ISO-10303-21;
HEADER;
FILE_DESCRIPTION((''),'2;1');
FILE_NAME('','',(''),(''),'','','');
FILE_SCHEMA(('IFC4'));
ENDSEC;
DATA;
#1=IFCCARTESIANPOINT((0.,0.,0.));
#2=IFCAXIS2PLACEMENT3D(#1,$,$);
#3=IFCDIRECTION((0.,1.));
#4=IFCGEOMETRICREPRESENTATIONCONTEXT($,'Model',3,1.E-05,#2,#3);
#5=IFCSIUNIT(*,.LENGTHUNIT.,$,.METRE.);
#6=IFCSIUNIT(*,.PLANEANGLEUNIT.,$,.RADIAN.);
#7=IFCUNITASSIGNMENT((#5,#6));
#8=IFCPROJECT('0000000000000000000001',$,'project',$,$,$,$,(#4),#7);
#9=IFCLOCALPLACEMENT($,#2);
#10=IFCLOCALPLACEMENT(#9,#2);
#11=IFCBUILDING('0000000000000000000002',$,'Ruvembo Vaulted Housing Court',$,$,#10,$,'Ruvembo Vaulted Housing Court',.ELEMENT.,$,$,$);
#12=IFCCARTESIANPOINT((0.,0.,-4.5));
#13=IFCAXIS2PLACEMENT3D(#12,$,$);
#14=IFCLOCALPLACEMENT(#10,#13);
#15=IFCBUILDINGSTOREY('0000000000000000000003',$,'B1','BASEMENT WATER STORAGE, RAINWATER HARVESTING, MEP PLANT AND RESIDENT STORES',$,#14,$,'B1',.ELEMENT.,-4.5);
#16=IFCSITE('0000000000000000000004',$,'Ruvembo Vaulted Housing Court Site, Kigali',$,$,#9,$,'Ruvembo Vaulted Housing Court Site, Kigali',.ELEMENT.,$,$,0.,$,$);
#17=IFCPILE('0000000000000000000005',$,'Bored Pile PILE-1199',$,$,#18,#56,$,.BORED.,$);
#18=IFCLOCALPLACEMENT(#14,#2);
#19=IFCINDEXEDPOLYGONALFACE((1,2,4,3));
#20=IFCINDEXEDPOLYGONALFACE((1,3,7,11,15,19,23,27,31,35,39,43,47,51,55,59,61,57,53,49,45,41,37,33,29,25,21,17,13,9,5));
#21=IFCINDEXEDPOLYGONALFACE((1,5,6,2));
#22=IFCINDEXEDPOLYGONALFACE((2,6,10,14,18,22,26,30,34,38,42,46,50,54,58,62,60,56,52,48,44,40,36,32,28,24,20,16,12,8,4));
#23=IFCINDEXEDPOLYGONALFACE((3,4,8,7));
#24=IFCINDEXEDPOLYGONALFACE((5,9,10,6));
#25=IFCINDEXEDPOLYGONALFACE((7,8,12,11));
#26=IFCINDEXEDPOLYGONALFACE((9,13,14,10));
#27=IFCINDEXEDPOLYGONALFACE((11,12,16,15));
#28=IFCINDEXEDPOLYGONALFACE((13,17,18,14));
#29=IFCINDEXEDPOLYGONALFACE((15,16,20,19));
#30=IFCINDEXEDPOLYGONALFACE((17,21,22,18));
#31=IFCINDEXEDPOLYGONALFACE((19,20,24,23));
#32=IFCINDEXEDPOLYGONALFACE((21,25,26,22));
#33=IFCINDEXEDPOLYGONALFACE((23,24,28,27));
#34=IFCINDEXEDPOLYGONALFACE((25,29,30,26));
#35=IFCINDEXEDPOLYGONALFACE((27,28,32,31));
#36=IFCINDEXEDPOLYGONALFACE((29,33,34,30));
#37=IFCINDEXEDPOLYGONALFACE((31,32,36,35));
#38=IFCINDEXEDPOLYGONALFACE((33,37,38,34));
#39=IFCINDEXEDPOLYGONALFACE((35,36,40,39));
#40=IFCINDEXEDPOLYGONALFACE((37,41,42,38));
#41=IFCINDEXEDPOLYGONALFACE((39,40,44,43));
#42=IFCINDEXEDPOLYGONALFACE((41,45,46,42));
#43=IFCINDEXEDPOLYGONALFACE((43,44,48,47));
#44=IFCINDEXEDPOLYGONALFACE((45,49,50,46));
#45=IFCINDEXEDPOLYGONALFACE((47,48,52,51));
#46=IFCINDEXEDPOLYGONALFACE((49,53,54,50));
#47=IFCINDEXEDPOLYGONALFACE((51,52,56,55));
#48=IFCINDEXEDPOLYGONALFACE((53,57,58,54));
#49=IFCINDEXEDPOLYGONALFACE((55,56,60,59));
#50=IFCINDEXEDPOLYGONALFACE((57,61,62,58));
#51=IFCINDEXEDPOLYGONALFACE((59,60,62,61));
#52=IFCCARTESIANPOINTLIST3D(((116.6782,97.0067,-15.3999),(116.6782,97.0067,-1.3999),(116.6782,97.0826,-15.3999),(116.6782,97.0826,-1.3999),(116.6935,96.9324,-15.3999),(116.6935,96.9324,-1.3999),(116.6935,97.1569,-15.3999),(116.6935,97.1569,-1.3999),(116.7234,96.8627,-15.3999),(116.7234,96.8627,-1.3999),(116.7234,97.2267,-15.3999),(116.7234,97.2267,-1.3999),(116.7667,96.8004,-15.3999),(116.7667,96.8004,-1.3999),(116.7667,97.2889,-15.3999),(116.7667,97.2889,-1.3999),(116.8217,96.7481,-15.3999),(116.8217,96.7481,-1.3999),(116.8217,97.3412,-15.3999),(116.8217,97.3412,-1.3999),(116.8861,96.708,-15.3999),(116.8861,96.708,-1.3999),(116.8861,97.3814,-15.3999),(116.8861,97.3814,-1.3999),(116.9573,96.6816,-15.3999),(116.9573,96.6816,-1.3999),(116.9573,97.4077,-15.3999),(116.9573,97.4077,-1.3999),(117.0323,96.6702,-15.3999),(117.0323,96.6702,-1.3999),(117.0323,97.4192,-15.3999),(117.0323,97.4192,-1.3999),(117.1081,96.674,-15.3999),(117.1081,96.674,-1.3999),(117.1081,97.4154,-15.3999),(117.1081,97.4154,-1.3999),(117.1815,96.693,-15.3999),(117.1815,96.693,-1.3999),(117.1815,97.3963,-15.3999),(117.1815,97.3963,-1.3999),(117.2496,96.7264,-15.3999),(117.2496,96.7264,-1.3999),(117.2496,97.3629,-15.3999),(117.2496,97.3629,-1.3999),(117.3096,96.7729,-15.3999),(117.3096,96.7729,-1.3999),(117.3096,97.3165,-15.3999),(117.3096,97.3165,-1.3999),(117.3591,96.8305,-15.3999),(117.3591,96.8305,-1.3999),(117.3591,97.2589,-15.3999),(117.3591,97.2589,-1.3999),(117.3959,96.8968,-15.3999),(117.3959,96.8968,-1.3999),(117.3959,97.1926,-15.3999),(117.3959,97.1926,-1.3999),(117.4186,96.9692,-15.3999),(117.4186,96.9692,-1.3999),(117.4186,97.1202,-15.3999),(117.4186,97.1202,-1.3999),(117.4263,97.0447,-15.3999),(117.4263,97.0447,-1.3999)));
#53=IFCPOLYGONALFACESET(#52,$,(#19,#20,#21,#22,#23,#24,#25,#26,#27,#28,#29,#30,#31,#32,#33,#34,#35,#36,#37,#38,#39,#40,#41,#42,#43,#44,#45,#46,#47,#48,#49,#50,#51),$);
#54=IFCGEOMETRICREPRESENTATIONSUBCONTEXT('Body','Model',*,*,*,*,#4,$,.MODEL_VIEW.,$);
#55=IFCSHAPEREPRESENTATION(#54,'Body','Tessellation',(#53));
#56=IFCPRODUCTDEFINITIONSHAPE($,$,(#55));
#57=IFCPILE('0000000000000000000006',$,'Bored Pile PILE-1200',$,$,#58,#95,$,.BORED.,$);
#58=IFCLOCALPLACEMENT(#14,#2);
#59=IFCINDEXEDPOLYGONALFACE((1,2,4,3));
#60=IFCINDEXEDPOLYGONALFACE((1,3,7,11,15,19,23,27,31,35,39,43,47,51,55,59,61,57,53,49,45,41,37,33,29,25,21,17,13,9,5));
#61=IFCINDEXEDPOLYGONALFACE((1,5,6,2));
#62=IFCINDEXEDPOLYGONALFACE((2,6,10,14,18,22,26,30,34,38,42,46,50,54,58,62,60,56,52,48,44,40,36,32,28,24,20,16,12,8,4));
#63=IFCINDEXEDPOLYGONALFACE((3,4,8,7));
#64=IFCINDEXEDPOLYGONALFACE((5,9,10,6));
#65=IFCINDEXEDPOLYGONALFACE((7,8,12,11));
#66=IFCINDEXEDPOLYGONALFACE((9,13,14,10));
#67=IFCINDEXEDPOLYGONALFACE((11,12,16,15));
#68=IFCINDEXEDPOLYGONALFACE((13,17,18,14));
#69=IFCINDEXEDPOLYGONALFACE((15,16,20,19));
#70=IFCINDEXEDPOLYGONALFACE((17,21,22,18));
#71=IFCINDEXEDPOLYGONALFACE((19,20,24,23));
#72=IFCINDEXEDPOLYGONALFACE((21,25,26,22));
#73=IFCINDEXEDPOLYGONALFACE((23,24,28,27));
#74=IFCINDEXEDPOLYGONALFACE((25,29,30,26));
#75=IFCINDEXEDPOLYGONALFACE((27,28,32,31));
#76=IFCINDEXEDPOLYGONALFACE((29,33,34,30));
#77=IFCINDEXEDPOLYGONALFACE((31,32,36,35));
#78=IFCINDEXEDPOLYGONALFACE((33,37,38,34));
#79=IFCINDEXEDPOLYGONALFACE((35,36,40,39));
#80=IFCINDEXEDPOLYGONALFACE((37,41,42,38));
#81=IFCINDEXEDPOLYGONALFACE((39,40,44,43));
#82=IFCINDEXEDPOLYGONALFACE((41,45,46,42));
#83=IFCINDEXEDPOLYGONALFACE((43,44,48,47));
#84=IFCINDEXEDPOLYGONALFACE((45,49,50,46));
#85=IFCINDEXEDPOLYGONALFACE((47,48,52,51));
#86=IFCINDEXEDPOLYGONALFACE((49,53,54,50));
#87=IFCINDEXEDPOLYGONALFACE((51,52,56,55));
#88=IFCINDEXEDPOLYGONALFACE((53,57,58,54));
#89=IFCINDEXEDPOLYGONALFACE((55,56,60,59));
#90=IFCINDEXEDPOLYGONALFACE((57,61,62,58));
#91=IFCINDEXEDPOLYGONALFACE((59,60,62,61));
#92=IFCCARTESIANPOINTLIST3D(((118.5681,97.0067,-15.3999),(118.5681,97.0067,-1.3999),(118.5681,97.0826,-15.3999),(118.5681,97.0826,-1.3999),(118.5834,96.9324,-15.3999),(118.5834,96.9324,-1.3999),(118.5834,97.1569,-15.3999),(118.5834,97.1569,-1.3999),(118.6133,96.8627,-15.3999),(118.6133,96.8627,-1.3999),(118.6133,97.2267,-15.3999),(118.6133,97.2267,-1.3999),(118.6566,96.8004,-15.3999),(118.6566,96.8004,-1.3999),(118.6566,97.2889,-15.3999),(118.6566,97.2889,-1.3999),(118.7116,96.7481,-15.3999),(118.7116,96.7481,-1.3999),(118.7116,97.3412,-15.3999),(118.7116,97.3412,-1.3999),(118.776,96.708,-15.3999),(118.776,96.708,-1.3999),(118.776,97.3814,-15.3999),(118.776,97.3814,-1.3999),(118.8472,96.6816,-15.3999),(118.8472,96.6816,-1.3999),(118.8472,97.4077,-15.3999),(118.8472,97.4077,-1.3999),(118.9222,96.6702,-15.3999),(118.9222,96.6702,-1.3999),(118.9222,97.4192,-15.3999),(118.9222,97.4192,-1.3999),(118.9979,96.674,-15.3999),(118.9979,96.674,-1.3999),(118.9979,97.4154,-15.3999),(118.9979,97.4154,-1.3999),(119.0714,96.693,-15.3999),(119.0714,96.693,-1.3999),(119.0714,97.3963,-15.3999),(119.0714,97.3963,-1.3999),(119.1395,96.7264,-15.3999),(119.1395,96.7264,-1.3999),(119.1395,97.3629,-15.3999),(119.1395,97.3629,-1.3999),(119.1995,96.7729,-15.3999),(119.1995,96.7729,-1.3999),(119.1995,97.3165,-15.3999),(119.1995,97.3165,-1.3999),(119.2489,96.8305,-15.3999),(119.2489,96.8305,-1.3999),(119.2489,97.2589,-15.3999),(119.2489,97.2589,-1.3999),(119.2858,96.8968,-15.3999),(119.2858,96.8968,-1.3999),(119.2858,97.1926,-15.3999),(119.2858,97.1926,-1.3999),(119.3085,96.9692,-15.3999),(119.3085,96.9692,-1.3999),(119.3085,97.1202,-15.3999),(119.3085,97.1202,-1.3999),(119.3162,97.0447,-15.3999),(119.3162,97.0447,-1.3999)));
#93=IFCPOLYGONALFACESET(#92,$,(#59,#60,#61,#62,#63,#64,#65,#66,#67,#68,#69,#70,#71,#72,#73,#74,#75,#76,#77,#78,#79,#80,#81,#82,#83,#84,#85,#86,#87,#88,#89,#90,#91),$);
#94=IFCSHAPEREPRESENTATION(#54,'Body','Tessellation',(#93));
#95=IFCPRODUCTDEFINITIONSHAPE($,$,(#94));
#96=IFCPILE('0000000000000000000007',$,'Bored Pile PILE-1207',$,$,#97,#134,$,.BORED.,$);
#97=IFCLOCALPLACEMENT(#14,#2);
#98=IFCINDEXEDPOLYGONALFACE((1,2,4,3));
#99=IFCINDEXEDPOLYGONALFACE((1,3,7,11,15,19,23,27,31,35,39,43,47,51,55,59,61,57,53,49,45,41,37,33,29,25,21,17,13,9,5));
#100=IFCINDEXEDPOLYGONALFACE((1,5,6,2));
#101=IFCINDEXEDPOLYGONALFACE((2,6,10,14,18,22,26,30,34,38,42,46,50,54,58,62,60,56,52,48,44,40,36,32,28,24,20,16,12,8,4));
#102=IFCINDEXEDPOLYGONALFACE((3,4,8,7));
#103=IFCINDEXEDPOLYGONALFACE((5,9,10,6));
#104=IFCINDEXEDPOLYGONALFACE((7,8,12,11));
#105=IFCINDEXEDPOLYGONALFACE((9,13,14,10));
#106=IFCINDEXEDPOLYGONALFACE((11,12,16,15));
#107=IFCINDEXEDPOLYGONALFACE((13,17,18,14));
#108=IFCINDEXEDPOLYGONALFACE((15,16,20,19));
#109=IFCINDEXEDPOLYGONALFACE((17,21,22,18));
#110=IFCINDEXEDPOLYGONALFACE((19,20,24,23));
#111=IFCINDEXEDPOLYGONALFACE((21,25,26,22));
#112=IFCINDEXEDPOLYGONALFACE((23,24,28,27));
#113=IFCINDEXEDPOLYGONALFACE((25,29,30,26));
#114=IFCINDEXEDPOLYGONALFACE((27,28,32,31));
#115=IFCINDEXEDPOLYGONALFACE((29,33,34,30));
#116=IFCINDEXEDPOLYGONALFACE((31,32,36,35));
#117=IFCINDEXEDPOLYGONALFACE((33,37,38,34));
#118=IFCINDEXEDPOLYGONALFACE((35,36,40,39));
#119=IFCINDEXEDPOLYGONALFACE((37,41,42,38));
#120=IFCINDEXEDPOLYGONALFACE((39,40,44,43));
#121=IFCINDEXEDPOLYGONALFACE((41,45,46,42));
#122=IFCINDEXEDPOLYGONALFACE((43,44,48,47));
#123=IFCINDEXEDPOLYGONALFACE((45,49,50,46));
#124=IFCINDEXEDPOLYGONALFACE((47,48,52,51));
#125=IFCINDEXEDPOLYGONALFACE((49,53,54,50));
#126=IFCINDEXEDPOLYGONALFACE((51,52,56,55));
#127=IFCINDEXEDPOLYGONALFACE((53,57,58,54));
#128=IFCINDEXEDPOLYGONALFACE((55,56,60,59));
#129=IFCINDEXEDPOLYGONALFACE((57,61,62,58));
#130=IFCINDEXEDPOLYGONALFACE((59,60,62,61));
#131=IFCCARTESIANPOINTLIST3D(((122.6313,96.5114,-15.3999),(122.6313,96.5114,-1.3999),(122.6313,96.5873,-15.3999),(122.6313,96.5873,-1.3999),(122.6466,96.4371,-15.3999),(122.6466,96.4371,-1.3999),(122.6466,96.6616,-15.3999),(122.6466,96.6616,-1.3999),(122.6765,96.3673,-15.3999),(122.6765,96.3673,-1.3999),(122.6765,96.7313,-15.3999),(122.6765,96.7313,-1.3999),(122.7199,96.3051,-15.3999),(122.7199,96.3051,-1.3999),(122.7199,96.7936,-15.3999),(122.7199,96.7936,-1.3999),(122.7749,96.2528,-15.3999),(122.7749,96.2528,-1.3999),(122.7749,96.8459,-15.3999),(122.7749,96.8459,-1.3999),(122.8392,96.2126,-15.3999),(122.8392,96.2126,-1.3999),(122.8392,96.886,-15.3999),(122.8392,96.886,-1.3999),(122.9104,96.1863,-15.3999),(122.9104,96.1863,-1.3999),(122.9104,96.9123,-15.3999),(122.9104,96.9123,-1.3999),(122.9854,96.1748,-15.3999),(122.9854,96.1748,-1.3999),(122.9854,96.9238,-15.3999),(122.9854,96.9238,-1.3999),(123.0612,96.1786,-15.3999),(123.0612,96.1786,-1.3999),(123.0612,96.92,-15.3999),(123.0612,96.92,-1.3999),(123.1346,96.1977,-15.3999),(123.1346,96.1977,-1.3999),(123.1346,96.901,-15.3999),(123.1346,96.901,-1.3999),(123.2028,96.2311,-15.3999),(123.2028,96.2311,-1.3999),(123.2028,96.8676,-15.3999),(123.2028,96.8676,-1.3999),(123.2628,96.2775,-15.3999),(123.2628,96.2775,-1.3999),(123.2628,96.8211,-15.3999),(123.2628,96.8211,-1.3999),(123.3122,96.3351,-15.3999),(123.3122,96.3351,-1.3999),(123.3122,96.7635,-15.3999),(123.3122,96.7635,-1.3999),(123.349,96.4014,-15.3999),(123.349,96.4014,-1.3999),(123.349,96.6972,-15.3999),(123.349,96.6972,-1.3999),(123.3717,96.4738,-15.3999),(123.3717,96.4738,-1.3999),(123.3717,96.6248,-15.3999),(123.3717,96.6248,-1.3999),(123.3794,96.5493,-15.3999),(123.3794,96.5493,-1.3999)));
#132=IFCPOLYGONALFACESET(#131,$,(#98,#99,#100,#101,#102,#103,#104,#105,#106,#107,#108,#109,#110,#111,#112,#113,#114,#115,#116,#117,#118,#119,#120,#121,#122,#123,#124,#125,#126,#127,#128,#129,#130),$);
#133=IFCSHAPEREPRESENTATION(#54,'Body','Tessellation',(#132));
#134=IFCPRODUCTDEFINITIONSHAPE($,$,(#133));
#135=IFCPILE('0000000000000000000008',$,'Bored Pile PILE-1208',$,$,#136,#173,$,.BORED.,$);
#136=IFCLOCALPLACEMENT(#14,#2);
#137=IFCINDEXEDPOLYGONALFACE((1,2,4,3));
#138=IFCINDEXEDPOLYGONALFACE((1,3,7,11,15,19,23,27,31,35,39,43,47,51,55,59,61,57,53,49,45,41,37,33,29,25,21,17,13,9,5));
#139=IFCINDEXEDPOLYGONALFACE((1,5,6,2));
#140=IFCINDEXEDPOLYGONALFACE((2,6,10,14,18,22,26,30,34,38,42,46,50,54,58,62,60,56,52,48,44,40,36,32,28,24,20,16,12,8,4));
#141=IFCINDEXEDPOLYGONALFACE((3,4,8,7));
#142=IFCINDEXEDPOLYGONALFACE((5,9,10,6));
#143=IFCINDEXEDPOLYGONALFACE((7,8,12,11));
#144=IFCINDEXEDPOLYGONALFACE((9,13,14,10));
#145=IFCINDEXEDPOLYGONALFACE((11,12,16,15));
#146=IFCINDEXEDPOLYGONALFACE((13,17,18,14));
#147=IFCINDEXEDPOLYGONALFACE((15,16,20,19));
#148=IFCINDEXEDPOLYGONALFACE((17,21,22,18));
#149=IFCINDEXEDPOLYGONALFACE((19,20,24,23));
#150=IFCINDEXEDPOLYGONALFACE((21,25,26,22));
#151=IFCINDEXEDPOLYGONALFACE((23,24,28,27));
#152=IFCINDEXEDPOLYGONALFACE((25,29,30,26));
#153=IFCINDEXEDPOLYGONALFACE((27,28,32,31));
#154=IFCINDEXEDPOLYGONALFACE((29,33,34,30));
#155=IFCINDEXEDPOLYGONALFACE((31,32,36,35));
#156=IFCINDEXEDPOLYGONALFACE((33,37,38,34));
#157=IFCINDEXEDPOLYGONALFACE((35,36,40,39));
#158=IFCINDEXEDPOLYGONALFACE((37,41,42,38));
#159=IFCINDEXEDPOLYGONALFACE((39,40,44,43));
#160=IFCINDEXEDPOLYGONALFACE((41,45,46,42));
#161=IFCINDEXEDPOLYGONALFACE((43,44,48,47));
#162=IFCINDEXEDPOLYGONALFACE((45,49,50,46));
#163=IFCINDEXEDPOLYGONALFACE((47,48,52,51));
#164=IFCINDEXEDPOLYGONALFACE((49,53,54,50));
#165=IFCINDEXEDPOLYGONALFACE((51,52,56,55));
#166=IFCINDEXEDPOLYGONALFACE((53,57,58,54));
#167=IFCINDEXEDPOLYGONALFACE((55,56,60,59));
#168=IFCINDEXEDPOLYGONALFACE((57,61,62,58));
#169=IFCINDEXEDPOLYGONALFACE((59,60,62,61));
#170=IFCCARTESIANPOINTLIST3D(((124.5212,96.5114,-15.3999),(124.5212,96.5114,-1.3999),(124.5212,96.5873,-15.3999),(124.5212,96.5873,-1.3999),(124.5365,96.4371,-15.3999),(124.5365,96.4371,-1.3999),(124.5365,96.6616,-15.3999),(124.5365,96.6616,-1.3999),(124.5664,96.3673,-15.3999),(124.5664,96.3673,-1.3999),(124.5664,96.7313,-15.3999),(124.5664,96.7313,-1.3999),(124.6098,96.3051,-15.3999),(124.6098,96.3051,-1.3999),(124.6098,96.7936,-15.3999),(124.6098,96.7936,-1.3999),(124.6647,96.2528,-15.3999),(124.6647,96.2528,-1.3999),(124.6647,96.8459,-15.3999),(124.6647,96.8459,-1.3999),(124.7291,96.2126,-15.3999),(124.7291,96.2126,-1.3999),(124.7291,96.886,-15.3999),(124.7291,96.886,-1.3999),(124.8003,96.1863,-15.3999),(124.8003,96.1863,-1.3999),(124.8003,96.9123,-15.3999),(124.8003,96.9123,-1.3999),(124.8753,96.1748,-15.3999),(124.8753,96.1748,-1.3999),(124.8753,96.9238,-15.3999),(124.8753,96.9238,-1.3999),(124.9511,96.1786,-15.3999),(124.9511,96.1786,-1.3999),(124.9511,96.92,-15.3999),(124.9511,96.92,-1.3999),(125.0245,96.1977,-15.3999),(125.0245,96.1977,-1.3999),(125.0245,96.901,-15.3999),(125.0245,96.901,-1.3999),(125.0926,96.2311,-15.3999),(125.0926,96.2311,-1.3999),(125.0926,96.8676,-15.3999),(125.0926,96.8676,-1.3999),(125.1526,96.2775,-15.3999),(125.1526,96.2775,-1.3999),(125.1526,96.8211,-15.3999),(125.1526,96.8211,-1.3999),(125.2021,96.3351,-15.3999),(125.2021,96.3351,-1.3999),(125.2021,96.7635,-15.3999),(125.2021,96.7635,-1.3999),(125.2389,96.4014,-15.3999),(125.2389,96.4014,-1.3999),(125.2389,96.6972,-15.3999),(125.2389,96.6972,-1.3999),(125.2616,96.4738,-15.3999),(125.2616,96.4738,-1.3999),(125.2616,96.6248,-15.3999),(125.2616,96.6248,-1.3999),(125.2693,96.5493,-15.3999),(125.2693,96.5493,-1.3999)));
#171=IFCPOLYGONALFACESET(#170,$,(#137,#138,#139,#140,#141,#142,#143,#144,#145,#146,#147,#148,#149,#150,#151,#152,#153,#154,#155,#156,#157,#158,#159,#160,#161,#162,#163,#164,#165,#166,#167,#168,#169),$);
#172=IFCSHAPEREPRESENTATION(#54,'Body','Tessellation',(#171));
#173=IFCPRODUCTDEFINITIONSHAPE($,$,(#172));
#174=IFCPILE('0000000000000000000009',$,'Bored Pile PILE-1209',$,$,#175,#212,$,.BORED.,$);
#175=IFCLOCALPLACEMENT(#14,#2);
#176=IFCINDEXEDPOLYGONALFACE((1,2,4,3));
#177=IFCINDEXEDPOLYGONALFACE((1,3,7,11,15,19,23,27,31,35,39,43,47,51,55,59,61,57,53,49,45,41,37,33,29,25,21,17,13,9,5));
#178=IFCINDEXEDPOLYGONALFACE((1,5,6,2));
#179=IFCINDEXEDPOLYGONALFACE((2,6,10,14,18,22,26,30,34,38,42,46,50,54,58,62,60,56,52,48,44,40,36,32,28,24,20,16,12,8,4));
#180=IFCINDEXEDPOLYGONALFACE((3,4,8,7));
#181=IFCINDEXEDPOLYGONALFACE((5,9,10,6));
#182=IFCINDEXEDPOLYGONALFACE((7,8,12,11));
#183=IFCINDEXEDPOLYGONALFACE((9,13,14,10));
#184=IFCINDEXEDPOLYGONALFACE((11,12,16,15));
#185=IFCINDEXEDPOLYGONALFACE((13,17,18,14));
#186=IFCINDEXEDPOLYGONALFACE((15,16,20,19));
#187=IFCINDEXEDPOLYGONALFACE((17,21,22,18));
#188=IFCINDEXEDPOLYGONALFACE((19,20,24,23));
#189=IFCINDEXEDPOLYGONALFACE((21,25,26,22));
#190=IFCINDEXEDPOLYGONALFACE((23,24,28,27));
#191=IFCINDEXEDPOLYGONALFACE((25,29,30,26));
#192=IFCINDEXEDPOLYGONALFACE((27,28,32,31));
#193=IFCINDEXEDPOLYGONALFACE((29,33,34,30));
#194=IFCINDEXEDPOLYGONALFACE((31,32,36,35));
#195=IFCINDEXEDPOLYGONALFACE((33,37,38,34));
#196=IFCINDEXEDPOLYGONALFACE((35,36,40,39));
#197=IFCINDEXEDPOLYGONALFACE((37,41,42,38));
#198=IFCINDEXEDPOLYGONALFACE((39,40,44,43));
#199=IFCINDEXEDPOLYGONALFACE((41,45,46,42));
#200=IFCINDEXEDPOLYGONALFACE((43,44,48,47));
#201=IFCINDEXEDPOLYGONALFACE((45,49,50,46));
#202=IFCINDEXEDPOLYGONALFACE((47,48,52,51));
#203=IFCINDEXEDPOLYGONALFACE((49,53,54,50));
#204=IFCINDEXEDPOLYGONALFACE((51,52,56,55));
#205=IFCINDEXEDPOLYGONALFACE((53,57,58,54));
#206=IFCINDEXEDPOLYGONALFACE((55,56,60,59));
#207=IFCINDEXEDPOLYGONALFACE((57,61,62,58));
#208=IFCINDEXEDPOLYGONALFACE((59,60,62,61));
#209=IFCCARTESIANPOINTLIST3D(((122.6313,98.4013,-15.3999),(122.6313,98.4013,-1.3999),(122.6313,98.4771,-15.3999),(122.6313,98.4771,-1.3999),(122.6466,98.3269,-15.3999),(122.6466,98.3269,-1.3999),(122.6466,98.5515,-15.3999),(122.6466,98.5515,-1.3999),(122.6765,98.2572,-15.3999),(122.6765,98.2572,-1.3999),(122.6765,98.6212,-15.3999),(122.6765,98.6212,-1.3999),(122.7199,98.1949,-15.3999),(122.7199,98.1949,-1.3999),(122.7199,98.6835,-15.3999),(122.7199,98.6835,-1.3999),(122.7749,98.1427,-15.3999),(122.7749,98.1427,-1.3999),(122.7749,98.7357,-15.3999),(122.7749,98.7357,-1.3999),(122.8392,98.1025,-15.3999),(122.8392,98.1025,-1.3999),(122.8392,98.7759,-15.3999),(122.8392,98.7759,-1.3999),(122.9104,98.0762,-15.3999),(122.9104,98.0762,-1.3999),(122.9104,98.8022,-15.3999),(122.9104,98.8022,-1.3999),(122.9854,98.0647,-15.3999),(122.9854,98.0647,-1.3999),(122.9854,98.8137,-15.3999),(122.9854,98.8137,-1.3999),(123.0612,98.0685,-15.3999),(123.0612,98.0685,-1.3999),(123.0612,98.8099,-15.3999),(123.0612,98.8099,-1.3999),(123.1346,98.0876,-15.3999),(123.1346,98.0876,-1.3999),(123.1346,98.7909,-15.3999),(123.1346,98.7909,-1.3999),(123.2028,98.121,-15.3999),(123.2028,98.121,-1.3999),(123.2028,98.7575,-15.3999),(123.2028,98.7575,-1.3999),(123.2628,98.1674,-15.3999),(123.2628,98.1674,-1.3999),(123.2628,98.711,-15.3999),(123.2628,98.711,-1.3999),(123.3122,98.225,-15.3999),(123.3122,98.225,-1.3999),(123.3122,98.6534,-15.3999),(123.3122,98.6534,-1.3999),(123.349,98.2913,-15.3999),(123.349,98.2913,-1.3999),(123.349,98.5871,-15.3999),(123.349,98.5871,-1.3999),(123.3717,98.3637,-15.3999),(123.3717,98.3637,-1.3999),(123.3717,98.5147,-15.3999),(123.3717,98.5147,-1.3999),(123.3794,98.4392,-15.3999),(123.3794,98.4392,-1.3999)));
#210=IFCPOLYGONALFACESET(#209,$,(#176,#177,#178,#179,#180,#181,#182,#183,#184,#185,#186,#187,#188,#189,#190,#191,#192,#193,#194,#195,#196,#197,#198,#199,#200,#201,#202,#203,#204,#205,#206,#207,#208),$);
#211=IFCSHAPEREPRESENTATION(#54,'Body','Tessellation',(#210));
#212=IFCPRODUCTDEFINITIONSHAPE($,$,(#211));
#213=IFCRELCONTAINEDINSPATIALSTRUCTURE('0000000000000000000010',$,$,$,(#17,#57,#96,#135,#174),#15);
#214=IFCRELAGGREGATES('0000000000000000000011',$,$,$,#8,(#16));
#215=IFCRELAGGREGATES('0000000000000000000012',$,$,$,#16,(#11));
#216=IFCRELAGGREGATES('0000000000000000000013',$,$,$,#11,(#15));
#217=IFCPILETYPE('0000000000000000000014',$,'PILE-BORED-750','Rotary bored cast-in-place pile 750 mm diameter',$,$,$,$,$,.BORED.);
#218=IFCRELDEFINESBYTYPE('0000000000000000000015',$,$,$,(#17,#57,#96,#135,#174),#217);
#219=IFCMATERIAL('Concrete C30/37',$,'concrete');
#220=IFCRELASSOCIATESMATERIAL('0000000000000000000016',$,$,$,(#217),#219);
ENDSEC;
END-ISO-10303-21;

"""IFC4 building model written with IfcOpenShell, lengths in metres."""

from ifc_helpers import new_model, si_unit, direction, frame, origin, origin_2d, place, context, subcontext, project, spatial, circle, extrude, material, material_profile, profile_set, type_object, element, save


model = new_model("IFC4")

# Units and contexts
model_context = context("Model", 3, precision=1e-05, world=origin(), true_north=direction((0.0, 1.0)))
body_context = subcontext(model_context, "Body", "Model", "MODEL_VIEW")
ifc_project = project(units=[si_unit("LENGTHUNIT", "METRE"), si_unit("PLANEANGLEUNIT", "RADIAN")], contexts=[model_context])

# Site, building, storey
site_placement = place(None, origin())
site = spatial("IfcSite", under=ifc_project, at=site_placement, Name="Ruvembo Vaulted Housing Court Site, Kigali", LongName="Ruvembo Vaulted Housing Court Site, Kigali", CompositionType="ELEMENT", RefElevation=0.0)
building_placement = place(site_placement, origin())
building = spatial("IfcBuilding", under=site, at=building_placement, Name="Ruvembo Vaulted Housing Court", LongName="Ruvembo Vaulted Housing Court", CompositionType="ELEMENT")
storey_placement = place(building_placement, frame((0.0, 0.0, -4.5)))
storey = spatial("IfcBuildingStorey", under=building, at=storey_placement, Name="B1", Description="BASEMENT WATER STORAGE, RAINWATER HARVESTING, MEP PLANT AND RESIDENT STORES", LongName="B1", CompositionType="ELEMENT", Elevation=-4.5)

# Piles
ifc_material_1 = material(Name="Concrete C30/37", Category="concrete")
ifc_material_profile_1 = material_profile(ifc_material_1, circle(Radius=0.375, at=origin_2d()), Name="PILE D750")
ifc_profile_set_1 = profile_set([ifc_material_profile_1], Name="Concrete C30/37")
pile_type_1 = type_object("IfcPileType", Name="PILE-BORED-750", Description="Rotary bored cast-in-place pile 750 mm diameter", PredefinedType="BORED", material=ifc_profile_set_1)
for number, where, z_axis, x_axis, name in (
    (1, (117.0513, 97.0447, -1.3999), (0.0, 0.0, -1.0), (1.0, 0.0, 0.0), "Bored Pile PILE-1199"),
    (2, (118.9412, 97.0447, -1.3999), (0.0, 0.0, -1.0), (1.0, 0.0, 0.0), "Bored Pile PILE-1200"),
    (3, (123.0044, 96.5493, -1.3999), (0.0, 0.0, -1.0), (1.0, 0.0, 0.0), "Bored Pile PILE-1207"),
    (4, (124.8943, 96.5493, -1.3999), (0.0, 0.0, -1.0), (1.0, 0.0, 0.0), "Bored Pile PILE-1208"),
    (5, (123.0044, 98.4392, -1.3999), (0.0, 0.0, -1.0), (1.0, 0.0, 0.0), "Bored Pile PILE-1209"),
):
    element("IfcPile", number, at=place(storey_placement, frame(where, z_axis=z_axis, x_axis=x_axis)), inside=storey, type_object=pile_type_1, Name=name, PredefinedType="BORED", context=body_context, shape_type="SweptSolid", body=[
        extrude(circle(Radius=0.375, at=origin_2d()), origin(), (0.0, 0.0, 1.0), 14.0),
    ])

save(model, "model.ifc")
